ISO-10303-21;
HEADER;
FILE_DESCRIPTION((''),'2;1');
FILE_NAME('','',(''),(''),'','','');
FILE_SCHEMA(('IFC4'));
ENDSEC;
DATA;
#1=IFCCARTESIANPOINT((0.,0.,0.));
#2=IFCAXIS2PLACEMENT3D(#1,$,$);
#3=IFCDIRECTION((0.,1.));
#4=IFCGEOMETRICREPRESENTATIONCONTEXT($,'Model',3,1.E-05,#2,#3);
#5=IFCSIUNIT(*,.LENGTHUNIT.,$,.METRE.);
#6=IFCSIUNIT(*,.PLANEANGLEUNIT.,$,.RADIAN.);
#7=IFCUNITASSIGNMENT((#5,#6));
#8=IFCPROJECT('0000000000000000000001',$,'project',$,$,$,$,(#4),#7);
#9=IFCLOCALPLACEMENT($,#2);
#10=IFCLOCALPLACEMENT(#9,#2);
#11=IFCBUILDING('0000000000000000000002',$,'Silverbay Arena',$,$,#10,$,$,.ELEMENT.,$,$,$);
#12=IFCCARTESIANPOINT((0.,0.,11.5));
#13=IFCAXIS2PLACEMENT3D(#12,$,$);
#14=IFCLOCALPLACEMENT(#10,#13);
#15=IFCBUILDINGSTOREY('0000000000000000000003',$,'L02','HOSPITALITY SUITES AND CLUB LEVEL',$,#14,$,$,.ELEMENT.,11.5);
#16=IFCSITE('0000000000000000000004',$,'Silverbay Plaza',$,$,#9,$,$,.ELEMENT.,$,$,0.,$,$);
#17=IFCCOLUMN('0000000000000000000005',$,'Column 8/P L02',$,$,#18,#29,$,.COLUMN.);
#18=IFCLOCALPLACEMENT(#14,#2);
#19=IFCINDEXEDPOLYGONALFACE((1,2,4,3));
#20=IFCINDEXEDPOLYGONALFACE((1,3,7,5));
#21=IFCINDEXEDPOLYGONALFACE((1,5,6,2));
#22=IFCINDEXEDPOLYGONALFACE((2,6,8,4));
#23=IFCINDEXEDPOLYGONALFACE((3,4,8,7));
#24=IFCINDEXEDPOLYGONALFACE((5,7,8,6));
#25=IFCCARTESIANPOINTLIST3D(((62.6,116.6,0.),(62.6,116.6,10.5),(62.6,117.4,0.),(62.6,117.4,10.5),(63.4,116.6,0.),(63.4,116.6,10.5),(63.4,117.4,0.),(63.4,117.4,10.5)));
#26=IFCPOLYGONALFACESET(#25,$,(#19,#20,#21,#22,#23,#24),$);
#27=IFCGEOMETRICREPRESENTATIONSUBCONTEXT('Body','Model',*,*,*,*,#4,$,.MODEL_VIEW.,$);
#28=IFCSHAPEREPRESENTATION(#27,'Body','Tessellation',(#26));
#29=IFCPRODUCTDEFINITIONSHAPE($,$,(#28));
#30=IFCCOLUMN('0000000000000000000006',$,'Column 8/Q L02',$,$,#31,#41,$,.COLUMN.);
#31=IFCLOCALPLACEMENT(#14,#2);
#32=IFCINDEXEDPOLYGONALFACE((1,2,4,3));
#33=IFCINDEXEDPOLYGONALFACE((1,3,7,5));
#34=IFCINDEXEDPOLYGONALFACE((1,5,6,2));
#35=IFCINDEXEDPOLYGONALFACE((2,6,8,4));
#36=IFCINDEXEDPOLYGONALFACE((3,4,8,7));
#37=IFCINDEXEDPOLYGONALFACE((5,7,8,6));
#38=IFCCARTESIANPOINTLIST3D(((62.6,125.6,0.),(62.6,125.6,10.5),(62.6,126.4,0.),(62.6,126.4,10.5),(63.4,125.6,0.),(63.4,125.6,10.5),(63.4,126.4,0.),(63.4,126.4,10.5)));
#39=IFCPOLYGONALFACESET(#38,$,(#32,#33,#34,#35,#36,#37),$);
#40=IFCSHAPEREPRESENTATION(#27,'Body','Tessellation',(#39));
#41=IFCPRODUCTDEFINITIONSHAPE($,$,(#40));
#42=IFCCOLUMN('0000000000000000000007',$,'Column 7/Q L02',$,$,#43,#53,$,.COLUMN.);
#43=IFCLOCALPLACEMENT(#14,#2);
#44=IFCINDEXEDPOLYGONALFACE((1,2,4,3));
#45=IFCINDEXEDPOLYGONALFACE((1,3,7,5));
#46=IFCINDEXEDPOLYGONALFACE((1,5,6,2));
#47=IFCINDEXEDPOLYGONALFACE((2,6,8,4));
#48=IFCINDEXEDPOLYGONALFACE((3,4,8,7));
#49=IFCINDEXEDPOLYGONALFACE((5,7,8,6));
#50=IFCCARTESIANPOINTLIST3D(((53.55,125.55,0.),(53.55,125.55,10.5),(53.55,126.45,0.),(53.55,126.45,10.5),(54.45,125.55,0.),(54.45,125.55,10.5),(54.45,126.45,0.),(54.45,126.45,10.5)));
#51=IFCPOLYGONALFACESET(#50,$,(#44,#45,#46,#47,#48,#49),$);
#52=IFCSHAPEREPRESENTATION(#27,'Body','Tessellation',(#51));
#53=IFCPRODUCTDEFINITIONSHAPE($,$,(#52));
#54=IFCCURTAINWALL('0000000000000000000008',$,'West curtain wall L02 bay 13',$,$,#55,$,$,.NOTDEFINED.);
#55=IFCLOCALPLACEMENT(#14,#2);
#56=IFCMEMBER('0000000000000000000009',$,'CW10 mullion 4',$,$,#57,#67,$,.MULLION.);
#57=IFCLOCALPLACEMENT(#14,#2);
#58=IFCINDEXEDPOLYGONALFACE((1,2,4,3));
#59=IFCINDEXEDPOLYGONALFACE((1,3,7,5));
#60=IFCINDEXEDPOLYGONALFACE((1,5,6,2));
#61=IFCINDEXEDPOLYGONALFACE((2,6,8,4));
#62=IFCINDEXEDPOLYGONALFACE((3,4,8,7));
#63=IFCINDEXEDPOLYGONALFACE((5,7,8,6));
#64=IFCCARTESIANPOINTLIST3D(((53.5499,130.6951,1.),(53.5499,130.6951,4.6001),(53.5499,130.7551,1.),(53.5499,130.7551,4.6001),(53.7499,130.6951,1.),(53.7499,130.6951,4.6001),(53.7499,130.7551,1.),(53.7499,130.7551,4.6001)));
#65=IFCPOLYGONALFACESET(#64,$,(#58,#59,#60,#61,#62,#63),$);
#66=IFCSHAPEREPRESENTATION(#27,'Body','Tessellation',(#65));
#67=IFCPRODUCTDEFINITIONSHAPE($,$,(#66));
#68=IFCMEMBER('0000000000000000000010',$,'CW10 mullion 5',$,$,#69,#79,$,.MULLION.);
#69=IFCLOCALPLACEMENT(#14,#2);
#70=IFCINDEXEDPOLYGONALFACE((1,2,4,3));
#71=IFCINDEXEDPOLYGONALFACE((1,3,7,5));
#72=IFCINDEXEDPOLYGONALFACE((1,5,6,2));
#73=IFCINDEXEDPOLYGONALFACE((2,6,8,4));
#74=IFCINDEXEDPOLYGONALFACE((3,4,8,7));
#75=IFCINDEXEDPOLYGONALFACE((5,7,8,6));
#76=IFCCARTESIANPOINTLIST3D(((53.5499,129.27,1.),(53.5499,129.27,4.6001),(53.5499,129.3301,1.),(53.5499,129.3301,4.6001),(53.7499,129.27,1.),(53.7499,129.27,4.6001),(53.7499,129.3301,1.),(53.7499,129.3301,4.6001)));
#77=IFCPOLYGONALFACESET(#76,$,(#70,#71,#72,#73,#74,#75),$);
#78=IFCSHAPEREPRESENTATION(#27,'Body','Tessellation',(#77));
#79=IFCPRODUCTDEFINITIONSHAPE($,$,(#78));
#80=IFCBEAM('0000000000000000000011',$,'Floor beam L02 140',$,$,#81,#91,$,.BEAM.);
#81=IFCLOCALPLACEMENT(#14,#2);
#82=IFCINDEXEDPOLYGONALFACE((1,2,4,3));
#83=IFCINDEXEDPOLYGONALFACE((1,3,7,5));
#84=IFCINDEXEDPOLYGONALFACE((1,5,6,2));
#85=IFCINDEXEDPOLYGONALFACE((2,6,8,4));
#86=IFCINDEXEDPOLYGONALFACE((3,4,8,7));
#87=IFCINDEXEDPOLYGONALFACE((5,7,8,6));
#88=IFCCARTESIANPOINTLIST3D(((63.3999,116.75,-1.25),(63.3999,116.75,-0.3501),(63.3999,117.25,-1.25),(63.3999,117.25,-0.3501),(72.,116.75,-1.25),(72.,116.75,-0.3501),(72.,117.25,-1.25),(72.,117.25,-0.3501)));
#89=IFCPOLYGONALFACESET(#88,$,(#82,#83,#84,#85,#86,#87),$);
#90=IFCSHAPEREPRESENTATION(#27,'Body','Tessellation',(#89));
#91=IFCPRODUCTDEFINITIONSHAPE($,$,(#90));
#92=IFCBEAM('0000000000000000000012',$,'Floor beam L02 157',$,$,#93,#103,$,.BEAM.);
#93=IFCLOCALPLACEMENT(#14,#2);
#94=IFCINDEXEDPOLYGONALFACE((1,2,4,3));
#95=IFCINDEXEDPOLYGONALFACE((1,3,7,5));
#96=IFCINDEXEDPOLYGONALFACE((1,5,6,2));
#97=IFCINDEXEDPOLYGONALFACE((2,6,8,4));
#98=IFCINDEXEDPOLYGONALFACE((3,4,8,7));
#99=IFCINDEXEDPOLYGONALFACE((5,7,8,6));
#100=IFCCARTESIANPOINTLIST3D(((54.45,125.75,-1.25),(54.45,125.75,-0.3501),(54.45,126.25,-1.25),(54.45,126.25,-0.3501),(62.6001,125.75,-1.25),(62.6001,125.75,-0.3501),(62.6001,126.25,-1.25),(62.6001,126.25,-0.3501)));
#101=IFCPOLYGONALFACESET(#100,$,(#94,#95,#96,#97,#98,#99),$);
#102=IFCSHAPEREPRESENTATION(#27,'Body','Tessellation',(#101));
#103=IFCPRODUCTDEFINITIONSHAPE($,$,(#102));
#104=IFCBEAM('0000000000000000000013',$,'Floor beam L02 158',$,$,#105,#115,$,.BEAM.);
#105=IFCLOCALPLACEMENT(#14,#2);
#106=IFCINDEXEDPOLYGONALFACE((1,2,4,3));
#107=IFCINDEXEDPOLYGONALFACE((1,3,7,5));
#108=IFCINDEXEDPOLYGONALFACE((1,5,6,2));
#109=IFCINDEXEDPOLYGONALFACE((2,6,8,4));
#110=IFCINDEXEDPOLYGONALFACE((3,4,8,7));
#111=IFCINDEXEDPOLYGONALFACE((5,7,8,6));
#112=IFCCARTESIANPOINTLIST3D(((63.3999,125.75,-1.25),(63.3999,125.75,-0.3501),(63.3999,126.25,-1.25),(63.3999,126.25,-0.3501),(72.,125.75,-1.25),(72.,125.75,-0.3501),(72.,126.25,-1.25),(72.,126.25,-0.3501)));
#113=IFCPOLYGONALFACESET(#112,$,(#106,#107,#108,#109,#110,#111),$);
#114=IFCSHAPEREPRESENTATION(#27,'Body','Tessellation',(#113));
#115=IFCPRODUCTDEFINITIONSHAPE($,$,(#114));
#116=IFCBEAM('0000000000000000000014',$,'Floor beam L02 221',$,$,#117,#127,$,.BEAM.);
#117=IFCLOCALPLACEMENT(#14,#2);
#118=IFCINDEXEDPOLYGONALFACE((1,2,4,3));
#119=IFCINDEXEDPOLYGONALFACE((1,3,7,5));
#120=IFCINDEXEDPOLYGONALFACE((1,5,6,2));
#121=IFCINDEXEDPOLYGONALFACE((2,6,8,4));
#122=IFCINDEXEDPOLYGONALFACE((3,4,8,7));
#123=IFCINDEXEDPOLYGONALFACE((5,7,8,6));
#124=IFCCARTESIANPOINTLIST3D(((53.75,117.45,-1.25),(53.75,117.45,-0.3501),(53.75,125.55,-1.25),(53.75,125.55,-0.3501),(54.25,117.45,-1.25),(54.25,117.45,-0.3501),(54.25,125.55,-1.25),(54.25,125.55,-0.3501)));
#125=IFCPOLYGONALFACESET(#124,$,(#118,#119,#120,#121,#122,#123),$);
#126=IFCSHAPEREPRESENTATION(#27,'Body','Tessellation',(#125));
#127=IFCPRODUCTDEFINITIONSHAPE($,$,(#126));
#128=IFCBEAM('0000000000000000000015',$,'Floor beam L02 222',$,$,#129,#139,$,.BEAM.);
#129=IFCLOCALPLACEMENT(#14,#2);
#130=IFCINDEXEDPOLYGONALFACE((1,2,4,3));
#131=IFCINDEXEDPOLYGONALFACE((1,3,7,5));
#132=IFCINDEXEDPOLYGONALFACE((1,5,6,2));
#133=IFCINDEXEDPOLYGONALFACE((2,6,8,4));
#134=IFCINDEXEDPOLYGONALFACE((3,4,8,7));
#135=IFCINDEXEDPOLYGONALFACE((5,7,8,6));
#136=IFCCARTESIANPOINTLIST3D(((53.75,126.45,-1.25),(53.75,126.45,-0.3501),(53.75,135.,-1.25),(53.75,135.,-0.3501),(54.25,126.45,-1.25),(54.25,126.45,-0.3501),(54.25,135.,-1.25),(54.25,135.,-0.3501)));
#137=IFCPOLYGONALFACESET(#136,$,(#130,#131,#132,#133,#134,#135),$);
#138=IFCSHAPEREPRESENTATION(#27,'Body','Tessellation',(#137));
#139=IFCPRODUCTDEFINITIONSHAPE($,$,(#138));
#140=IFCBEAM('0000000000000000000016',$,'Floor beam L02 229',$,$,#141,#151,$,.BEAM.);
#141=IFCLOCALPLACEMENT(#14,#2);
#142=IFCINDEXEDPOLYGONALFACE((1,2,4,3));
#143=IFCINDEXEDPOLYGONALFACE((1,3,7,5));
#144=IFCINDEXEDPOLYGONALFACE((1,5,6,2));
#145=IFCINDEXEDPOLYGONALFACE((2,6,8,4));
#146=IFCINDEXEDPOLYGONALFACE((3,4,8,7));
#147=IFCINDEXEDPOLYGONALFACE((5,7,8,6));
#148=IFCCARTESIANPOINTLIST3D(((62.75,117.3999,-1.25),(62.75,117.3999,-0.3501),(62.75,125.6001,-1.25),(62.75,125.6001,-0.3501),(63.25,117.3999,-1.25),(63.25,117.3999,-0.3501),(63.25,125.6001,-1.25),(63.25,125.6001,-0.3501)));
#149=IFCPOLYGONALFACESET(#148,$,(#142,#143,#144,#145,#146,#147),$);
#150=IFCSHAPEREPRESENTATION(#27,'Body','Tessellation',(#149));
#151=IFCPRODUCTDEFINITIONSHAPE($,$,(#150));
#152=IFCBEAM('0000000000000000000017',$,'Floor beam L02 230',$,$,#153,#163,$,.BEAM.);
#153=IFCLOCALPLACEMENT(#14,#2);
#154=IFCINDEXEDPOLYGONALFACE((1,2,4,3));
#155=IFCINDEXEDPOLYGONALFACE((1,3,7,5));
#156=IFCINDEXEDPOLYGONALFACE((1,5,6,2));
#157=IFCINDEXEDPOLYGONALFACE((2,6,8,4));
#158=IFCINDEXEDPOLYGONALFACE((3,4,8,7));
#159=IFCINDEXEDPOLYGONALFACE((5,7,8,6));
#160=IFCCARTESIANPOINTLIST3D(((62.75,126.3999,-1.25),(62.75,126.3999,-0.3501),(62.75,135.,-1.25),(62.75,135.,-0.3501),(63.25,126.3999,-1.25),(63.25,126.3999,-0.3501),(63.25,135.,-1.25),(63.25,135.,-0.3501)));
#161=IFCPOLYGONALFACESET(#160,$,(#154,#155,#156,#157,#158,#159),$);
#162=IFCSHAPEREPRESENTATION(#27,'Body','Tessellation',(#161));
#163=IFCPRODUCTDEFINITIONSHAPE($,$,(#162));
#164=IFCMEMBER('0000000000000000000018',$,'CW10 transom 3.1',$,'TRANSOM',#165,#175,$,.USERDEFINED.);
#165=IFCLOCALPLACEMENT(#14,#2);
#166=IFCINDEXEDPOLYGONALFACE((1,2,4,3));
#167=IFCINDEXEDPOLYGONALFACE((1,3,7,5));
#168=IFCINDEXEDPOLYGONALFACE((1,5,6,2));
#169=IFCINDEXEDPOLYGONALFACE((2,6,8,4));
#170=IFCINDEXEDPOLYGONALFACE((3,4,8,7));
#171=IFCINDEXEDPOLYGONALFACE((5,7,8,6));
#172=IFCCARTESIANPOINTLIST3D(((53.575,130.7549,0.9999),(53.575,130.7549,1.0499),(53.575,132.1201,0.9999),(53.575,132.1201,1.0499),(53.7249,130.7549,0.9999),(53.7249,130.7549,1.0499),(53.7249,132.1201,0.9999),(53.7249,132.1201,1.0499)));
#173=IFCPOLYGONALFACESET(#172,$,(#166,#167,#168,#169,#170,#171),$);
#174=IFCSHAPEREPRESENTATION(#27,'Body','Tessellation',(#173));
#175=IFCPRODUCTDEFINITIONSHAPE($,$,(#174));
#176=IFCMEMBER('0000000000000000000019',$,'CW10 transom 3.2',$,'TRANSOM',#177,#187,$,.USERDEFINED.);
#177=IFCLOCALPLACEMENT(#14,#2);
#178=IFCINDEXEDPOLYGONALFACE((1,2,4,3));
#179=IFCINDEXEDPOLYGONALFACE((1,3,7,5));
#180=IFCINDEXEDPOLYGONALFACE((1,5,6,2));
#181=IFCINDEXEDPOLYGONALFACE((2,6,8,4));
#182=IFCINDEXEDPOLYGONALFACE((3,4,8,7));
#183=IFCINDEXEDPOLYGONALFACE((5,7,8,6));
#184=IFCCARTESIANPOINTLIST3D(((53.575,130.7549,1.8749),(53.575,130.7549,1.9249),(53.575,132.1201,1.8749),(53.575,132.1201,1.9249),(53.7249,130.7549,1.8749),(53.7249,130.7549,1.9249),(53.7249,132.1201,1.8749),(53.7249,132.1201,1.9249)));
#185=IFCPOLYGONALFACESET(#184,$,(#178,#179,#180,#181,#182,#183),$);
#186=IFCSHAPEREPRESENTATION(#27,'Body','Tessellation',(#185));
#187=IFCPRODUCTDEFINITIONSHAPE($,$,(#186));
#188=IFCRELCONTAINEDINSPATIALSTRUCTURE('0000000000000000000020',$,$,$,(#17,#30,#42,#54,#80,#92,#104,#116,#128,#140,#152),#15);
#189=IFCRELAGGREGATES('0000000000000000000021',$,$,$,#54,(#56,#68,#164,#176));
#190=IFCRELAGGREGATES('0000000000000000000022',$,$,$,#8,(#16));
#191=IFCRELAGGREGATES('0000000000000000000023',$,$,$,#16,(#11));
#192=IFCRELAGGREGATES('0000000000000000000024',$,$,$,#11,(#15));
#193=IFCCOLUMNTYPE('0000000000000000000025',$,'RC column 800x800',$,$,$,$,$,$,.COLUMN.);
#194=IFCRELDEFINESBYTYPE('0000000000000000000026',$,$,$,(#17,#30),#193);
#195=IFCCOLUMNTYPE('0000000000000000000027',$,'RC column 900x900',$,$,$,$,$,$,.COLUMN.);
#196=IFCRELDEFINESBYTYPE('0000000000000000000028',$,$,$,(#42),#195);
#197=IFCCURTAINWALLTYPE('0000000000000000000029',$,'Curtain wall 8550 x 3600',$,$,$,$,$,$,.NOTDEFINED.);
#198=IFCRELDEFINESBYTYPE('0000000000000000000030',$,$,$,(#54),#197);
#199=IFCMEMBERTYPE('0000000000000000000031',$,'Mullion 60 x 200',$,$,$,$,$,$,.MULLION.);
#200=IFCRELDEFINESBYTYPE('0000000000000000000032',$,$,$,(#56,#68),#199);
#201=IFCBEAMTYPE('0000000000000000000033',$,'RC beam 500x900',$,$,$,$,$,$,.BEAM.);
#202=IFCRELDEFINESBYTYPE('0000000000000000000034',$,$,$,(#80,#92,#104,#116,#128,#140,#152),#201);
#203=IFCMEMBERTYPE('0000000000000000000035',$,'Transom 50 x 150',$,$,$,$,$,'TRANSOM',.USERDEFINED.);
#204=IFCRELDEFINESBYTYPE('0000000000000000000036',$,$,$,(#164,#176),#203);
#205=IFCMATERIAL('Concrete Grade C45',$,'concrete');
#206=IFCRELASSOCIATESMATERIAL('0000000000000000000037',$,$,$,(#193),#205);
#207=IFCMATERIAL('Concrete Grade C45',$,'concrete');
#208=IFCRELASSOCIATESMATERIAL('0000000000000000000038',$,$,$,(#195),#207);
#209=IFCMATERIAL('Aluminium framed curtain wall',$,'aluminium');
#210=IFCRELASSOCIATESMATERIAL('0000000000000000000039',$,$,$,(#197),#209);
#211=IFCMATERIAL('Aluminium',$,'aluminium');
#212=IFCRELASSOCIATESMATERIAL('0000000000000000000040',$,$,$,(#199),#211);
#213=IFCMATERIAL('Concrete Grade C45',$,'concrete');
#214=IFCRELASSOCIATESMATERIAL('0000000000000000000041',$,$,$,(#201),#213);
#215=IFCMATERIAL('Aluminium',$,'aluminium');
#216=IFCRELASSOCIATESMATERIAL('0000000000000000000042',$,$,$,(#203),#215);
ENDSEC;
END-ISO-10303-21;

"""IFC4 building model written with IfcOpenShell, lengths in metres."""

from ifc_helpers import new_model, si_unit, direction, frame, origin, origin_2d, place, context, subcontext, project, spatial, rectangle, extrude, material, material_profile, profile_set, type_object, element, aggregate, save


model = new_model("IFC4")

# Units and contexts
model_context = context("Model", 3, precision=1e-05, world=origin(), true_north=direction((0.0, 1.0)))
body_context = subcontext(model_context, "Body", "Model", "MODEL_VIEW")
ifc_project = project(units=[si_unit("LENGTHUNIT", "METRE"), si_unit("PLANEANGLEUNIT", "RADIAN")], contexts=[model_context])

# Site, building, storey
site_placement = place(None, origin())
site = spatial("IfcSite", under=ifc_project, at=site_placement, Name="Silverbay Plaza", CompositionType="ELEMENT", RefElevation=0.0)
building_placement = place(site_placement, origin())
building = spatial("IfcBuilding", under=site, at=building_placement, Name="Silverbay Arena", CompositionType="ELEMENT")
storey_placement = place(building_placement, frame((0.0, 0.0, 11.5)))
storey = spatial("IfcBuildingStorey", under=building, at=storey_placement, Name="L02", Description="HOSPITALITY SUITES AND CLUB LEVEL", CompositionType="ELEMENT", Elevation=11.5)

# Columns
ifc_material_1 = material(Name="Concrete Grade C45", Category="concrete")
ifc_material_profile_1 = material_profile(ifc_material_1, rectangle(XDim=0.8, YDim=0.8, at=origin_2d()), Name="RC 800x800")
ifc_profile_set_1 = profile_set([ifc_material_profile_1], Name="Concrete Grade C45")
column_type_1 = type_object("IfcColumnType", Name="RC column 800x800", PredefinedType="COLUMN", material=ifc_profile_set_1)
for number, where, z_axis, x_axis, name in (
    (1, (63.0, 117.0, 0.0), (0.0, 0.0, 1.0), (1.0, 0.0, 0.0), "Column 8/P L02"),
    (2, (63.0, 126.0, 0.0), (0.0, 0.0, 1.0), (1.0, 0.0, 0.0), "Column 8/Q L02"),
):
    element("IfcColumn", number, at=place(storey_placement, frame(where, z_axis=z_axis, x_axis=x_axis)), inside=storey, type_object=column_type_1, Name=name, PredefinedType="COLUMN", context=body_context, shape_type="SweptSolid", body=[
        extrude(rectangle(XDim=0.8, YDim=0.8, at=origin_2d()), origin(), (0.0, 0.0, 1.0), 10.5),
    ])
ifc_material_2 = material(Name="Concrete Grade C45", Category="concrete")
ifc_material_profile_2 = material_profile(ifc_material_2, rectangle(XDim=0.8999, YDim=0.8999, at=origin_2d()), Name="RC 900x900")
ifc_profile_set_2 = profile_set([ifc_material_profile_2], Name="Concrete Grade C45")
column_type_2 = type_object("IfcColumnType", Name="RC column 900x900", PredefinedType="COLUMN", material=ifc_profile_set_2)
column_placement = place(storey_placement, frame((54.0, 126.0, 0.0), z_axis=(0.0, 0.0, 1.0), x_axis=(1.0, 0.0, 0.0)))
element("IfcColumn", 3, at=column_placement, inside=storey, type_object=column_type_2, Name="Column 7/Q L02", PredefinedType="COLUMN", context=body_context, shape_type="SweptSolid", body=[
    extrude(rectangle(XDim=0.8999, YDim=0.8999, at=origin_2d()), origin(), (0.0, 0.0, 1.0), 10.5),
])

# Curtain wall, members
ifc_material_3 = material(Name="Aluminium framed curtain wall", Category="aluminium")
curtain_wall_type = type_object("IfcCurtainWallType", Name="Curtain wall 8550 x 3600", PredefinedType="NOTDEFINED", material=ifc_material_3)
curtain_wall_placement = place(storey_placement, origin())
curtain_wall = element("IfcCurtainWall", 4, at=curtain_wall_placement, inside=storey, type_object=curtain_wall_type, Name="West curtain wall L02 bay 13", PredefinedType="NOTDEFINED")
ifc_material_4 = material(Name="Aluminium", Category="aluminium")
ifc_material_profile_3 = material_profile(ifc_material_4, rectangle(XDim=0.2, YDim=0.0601, at=origin_2d()), Name="Mullion 60 x 200")
ifc_profile_set_3 = profile_set([ifc_material_profile_3], Name="Aluminium")
member_type_1 = type_object("IfcMemberType", Name="Mullion 60 x 200", PredefinedType="MULLION", material=ifc_profile_set_3)
member_1_placement = place(storey_placement, frame((53.6499, 130.7251, 1.0), z_axis=(0.0, 0.0, 1.0), x_axis=(1.0, 0.0, 0.0)))
member_1 = element("IfcMember", 5, at=member_1_placement, type_object=member_type_1, Name="CW10 mullion 4", PredefinedType="MULLION", context=body_context, shape_type="SweptSolid", body=[
    extrude(rectangle(XDim=0.2, YDim=0.0601, at=origin_2d()), origin(), (0.0, 0.0, 1.0), 3.6001),
])
member_2_placement = place(storey_placement, frame((53.6499, 129.3, 1.0), z_axis=(0.0, 0.0, 1.0), x_axis=(1.0, 0.0, 0.0)))
member_2 = element("IfcMember", 6, at=member_2_placement, type_object=member_type_1, Name="CW10 mullion 5", PredefinedType="MULLION", context=body_context, shape_type="SweptSolid", body=[
    extrude(rectangle(XDim=0.2, YDim=0.0601, at=origin_2d()), origin(), (0.0, 0.0, 1.0), 3.6001),
])

# Beams
ifc_material_5 = material(Name="Concrete Grade C45", Category="concrete")
ifc_material_profile_4 = material_profile(ifc_material_5, rectangle(XDim=0.5, YDim=0.8999, at=origin_2d()), Name="RC 500x900")
ifc_profile_set_4 = profile_set([ifc_material_profile_4], Name="Concrete Grade C45")
beam_type = type_object("IfcBeamType", Name="RC beam 500x900", PredefinedType="BEAM", material=ifc_profile_set_4)
beam_1_placement = place(storey_placement, frame((63.3999, 117.0, -0.8), z_axis=(1.0, 0.0, 0.0), x_axis=(0.0, 1.0, 0.0)))
element("IfcBeam", 7, at=beam_1_placement, inside=storey, type_object=beam_type, Name="Floor beam L02 140", PredefinedType="BEAM", context=body_context, shape_type="SweptSolid", body=[
    extrude(rectangle(XDim=0.5, YDim=0.8999, at=origin_2d()), origin(), (0.0, 0.0, 1.0), 8.6001),
])
beam_2_placement = place(storey_placement, frame((54.45, 126.0, -0.8), z_axis=(1.0, 0.0, 0.0), x_axis=(0.0, 1.0, 0.0)))
element("IfcBeam", 8, at=beam_2_placement, inside=storey, type_object=beam_type, Name="Floor beam L02 157", PredefinedType="BEAM", context=body_context, shape_type="SweptSolid", body=[
    extrude(rectangle(XDim=0.5, YDim=0.8999, at=origin_2d()), origin(), (0.0, 0.0, 1.0), 8.1501),
])
beam_3_placement = place(storey_placement, frame((63.3999, 126.0, -0.8), z_axis=(1.0, 0.0, 0.0), x_axis=(0.0, 1.0, 0.0)))
element("IfcBeam", 9, at=beam_3_placement, inside=storey, type_object=beam_type, Name="Floor beam L02 158", PredefinedType="BEAM", context=body_context, shape_type="SweptSolid", body=[
    extrude(rectangle(XDim=0.5, YDim=0.8999, at=origin_2d()), origin(), (0.0, 0.0, 1.0), 8.6001),
])
beam_4_placement = place(storey_placement, frame((54.0, 117.45, -0.8), z_axis=(0.0, 1.0, 0.0), x_axis=(-1.0, 0.0, 0.0)))
element("IfcBeam", 10, at=beam_4_placement, inside=storey, type_object=beam_type, Name="Floor beam L02 221", PredefinedType="BEAM", context=body_context, shape_type="SweptSolid", body=[
    extrude(rectangle(XDim=0.5, YDim=0.8999, at=origin_2d()), origin(), (0.0, 0.0, 1.0), 8.1001),
])
beam_5_placement = place(storey_placement, frame((54.0, 126.45, -0.8), z_axis=(0.0, 1.0, 0.0), x_axis=(-1.0, 0.0, 0.0)))
element("IfcBeam", 11, at=beam_5_placement, inside=storey, type_object=beam_type, Name="Floor beam L02 222", PredefinedType="BEAM", context=body_context, shape_type="SweptSolid", body=[
    extrude(rectangle(XDim=0.5, YDim=0.8999, at=origin_2d()), origin(), (0.0, 0.0, 1.0), 8.55),
])
beam_6_placement = place(storey_placement, frame((63.0, 117.3999, -0.8), z_axis=(0.0, 1.0, 0.0), x_axis=(-1.0, 0.0, 0.0)))
element("IfcBeam", 12, at=beam_6_placement, inside=storey, type_object=beam_type, Name="Floor beam L02 229", PredefinedType="BEAM", context=body_context, shape_type="SweptSolid", body=[
    extrude(rectangle(XDim=0.5, YDim=0.8999, at=origin_2d()), origin(), (0.0, 0.0, 1.0), 8.2002),
])
beam_7_placement = place(storey_placement, frame((63.0, 126.3999, -0.8), z_axis=(0.0, 1.0, 0.0), x_axis=(-1.0, 0.0, 0.0)))
element("IfcBeam", 13, at=beam_7_placement, inside=storey, type_object=beam_type, Name="Floor beam L02 230", PredefinedType="BEAM", context=body_context, shape_type="SweptSolid", body=[
    extrude(rectangle(XDim=0.5, YDim=0.8999, at=origin_2d()), origin(), (0.0, 0.0, 1.0), 8.6001),
])

# Members
ifc_material_6 = material(Name="Aluminium", Category="aluminium")
ifc_material_profile_5 = material_profile(ifc_material_6, rectangle(XDim=0.1499, YDim=0.05, at=origin_2d()), Name="Transom 50 x 150")
ifc_profile_set_5 = profile_set([ifc_material_profile_5], Name="Aluminium")
member_type_2 = type_object("IfcMemberType", Name="Transom 50 x 150", ElementType="TRANSOM", PredefinedType="USERDEFINED", material=ifc_profile_set_5)
member_3_placement = place(storey_placement, frame((53.6499, 132.1201, 1.0249), z_axis=(0.0, -1.0, 0.0), x_axis=(1.0, 0.0, 0.0)))
member_3 = element("IfcMember", 14, at=member_3_placement, type_object=member_type_2, Name="CW10 transom 3.1", ObjectType="TRANSOM", PredefinedType="USERDEFINED", context=body_context, shape_type="SweptSolid", body=[
    extrude(rectangle(XDim=0.1499, YDim=0.05, at=origin_2d()), origin(), (0.0, 0.0, 1.0), 1.3652),
])
member_4_placement = place(storey_placement, frame((53.6499, 132.1201, 1.8999), z_axis=(0.0, -1.0, 0.0), x_axis=(1.0, 0.0, 0.0)))
member_4 = element("IfcMember", 15, at=member_4_placement, type_object=member_type_2, Name="CW10 transom 3.2", ObjectType="TRANSOM", PredefinedType="USERDEFINED", context=body_context, shape_type="SweptSolid", body=[
    extrude(rectangle(XDim=0.1499, YDim=0.05, at=origin_2d()), origin(), (0.0, 0.0, 1.0), 1.3652),
])

aggregate(curtain_wall, [member_1, member_2, member_3, member_4])

save(model, "model.ifc")
